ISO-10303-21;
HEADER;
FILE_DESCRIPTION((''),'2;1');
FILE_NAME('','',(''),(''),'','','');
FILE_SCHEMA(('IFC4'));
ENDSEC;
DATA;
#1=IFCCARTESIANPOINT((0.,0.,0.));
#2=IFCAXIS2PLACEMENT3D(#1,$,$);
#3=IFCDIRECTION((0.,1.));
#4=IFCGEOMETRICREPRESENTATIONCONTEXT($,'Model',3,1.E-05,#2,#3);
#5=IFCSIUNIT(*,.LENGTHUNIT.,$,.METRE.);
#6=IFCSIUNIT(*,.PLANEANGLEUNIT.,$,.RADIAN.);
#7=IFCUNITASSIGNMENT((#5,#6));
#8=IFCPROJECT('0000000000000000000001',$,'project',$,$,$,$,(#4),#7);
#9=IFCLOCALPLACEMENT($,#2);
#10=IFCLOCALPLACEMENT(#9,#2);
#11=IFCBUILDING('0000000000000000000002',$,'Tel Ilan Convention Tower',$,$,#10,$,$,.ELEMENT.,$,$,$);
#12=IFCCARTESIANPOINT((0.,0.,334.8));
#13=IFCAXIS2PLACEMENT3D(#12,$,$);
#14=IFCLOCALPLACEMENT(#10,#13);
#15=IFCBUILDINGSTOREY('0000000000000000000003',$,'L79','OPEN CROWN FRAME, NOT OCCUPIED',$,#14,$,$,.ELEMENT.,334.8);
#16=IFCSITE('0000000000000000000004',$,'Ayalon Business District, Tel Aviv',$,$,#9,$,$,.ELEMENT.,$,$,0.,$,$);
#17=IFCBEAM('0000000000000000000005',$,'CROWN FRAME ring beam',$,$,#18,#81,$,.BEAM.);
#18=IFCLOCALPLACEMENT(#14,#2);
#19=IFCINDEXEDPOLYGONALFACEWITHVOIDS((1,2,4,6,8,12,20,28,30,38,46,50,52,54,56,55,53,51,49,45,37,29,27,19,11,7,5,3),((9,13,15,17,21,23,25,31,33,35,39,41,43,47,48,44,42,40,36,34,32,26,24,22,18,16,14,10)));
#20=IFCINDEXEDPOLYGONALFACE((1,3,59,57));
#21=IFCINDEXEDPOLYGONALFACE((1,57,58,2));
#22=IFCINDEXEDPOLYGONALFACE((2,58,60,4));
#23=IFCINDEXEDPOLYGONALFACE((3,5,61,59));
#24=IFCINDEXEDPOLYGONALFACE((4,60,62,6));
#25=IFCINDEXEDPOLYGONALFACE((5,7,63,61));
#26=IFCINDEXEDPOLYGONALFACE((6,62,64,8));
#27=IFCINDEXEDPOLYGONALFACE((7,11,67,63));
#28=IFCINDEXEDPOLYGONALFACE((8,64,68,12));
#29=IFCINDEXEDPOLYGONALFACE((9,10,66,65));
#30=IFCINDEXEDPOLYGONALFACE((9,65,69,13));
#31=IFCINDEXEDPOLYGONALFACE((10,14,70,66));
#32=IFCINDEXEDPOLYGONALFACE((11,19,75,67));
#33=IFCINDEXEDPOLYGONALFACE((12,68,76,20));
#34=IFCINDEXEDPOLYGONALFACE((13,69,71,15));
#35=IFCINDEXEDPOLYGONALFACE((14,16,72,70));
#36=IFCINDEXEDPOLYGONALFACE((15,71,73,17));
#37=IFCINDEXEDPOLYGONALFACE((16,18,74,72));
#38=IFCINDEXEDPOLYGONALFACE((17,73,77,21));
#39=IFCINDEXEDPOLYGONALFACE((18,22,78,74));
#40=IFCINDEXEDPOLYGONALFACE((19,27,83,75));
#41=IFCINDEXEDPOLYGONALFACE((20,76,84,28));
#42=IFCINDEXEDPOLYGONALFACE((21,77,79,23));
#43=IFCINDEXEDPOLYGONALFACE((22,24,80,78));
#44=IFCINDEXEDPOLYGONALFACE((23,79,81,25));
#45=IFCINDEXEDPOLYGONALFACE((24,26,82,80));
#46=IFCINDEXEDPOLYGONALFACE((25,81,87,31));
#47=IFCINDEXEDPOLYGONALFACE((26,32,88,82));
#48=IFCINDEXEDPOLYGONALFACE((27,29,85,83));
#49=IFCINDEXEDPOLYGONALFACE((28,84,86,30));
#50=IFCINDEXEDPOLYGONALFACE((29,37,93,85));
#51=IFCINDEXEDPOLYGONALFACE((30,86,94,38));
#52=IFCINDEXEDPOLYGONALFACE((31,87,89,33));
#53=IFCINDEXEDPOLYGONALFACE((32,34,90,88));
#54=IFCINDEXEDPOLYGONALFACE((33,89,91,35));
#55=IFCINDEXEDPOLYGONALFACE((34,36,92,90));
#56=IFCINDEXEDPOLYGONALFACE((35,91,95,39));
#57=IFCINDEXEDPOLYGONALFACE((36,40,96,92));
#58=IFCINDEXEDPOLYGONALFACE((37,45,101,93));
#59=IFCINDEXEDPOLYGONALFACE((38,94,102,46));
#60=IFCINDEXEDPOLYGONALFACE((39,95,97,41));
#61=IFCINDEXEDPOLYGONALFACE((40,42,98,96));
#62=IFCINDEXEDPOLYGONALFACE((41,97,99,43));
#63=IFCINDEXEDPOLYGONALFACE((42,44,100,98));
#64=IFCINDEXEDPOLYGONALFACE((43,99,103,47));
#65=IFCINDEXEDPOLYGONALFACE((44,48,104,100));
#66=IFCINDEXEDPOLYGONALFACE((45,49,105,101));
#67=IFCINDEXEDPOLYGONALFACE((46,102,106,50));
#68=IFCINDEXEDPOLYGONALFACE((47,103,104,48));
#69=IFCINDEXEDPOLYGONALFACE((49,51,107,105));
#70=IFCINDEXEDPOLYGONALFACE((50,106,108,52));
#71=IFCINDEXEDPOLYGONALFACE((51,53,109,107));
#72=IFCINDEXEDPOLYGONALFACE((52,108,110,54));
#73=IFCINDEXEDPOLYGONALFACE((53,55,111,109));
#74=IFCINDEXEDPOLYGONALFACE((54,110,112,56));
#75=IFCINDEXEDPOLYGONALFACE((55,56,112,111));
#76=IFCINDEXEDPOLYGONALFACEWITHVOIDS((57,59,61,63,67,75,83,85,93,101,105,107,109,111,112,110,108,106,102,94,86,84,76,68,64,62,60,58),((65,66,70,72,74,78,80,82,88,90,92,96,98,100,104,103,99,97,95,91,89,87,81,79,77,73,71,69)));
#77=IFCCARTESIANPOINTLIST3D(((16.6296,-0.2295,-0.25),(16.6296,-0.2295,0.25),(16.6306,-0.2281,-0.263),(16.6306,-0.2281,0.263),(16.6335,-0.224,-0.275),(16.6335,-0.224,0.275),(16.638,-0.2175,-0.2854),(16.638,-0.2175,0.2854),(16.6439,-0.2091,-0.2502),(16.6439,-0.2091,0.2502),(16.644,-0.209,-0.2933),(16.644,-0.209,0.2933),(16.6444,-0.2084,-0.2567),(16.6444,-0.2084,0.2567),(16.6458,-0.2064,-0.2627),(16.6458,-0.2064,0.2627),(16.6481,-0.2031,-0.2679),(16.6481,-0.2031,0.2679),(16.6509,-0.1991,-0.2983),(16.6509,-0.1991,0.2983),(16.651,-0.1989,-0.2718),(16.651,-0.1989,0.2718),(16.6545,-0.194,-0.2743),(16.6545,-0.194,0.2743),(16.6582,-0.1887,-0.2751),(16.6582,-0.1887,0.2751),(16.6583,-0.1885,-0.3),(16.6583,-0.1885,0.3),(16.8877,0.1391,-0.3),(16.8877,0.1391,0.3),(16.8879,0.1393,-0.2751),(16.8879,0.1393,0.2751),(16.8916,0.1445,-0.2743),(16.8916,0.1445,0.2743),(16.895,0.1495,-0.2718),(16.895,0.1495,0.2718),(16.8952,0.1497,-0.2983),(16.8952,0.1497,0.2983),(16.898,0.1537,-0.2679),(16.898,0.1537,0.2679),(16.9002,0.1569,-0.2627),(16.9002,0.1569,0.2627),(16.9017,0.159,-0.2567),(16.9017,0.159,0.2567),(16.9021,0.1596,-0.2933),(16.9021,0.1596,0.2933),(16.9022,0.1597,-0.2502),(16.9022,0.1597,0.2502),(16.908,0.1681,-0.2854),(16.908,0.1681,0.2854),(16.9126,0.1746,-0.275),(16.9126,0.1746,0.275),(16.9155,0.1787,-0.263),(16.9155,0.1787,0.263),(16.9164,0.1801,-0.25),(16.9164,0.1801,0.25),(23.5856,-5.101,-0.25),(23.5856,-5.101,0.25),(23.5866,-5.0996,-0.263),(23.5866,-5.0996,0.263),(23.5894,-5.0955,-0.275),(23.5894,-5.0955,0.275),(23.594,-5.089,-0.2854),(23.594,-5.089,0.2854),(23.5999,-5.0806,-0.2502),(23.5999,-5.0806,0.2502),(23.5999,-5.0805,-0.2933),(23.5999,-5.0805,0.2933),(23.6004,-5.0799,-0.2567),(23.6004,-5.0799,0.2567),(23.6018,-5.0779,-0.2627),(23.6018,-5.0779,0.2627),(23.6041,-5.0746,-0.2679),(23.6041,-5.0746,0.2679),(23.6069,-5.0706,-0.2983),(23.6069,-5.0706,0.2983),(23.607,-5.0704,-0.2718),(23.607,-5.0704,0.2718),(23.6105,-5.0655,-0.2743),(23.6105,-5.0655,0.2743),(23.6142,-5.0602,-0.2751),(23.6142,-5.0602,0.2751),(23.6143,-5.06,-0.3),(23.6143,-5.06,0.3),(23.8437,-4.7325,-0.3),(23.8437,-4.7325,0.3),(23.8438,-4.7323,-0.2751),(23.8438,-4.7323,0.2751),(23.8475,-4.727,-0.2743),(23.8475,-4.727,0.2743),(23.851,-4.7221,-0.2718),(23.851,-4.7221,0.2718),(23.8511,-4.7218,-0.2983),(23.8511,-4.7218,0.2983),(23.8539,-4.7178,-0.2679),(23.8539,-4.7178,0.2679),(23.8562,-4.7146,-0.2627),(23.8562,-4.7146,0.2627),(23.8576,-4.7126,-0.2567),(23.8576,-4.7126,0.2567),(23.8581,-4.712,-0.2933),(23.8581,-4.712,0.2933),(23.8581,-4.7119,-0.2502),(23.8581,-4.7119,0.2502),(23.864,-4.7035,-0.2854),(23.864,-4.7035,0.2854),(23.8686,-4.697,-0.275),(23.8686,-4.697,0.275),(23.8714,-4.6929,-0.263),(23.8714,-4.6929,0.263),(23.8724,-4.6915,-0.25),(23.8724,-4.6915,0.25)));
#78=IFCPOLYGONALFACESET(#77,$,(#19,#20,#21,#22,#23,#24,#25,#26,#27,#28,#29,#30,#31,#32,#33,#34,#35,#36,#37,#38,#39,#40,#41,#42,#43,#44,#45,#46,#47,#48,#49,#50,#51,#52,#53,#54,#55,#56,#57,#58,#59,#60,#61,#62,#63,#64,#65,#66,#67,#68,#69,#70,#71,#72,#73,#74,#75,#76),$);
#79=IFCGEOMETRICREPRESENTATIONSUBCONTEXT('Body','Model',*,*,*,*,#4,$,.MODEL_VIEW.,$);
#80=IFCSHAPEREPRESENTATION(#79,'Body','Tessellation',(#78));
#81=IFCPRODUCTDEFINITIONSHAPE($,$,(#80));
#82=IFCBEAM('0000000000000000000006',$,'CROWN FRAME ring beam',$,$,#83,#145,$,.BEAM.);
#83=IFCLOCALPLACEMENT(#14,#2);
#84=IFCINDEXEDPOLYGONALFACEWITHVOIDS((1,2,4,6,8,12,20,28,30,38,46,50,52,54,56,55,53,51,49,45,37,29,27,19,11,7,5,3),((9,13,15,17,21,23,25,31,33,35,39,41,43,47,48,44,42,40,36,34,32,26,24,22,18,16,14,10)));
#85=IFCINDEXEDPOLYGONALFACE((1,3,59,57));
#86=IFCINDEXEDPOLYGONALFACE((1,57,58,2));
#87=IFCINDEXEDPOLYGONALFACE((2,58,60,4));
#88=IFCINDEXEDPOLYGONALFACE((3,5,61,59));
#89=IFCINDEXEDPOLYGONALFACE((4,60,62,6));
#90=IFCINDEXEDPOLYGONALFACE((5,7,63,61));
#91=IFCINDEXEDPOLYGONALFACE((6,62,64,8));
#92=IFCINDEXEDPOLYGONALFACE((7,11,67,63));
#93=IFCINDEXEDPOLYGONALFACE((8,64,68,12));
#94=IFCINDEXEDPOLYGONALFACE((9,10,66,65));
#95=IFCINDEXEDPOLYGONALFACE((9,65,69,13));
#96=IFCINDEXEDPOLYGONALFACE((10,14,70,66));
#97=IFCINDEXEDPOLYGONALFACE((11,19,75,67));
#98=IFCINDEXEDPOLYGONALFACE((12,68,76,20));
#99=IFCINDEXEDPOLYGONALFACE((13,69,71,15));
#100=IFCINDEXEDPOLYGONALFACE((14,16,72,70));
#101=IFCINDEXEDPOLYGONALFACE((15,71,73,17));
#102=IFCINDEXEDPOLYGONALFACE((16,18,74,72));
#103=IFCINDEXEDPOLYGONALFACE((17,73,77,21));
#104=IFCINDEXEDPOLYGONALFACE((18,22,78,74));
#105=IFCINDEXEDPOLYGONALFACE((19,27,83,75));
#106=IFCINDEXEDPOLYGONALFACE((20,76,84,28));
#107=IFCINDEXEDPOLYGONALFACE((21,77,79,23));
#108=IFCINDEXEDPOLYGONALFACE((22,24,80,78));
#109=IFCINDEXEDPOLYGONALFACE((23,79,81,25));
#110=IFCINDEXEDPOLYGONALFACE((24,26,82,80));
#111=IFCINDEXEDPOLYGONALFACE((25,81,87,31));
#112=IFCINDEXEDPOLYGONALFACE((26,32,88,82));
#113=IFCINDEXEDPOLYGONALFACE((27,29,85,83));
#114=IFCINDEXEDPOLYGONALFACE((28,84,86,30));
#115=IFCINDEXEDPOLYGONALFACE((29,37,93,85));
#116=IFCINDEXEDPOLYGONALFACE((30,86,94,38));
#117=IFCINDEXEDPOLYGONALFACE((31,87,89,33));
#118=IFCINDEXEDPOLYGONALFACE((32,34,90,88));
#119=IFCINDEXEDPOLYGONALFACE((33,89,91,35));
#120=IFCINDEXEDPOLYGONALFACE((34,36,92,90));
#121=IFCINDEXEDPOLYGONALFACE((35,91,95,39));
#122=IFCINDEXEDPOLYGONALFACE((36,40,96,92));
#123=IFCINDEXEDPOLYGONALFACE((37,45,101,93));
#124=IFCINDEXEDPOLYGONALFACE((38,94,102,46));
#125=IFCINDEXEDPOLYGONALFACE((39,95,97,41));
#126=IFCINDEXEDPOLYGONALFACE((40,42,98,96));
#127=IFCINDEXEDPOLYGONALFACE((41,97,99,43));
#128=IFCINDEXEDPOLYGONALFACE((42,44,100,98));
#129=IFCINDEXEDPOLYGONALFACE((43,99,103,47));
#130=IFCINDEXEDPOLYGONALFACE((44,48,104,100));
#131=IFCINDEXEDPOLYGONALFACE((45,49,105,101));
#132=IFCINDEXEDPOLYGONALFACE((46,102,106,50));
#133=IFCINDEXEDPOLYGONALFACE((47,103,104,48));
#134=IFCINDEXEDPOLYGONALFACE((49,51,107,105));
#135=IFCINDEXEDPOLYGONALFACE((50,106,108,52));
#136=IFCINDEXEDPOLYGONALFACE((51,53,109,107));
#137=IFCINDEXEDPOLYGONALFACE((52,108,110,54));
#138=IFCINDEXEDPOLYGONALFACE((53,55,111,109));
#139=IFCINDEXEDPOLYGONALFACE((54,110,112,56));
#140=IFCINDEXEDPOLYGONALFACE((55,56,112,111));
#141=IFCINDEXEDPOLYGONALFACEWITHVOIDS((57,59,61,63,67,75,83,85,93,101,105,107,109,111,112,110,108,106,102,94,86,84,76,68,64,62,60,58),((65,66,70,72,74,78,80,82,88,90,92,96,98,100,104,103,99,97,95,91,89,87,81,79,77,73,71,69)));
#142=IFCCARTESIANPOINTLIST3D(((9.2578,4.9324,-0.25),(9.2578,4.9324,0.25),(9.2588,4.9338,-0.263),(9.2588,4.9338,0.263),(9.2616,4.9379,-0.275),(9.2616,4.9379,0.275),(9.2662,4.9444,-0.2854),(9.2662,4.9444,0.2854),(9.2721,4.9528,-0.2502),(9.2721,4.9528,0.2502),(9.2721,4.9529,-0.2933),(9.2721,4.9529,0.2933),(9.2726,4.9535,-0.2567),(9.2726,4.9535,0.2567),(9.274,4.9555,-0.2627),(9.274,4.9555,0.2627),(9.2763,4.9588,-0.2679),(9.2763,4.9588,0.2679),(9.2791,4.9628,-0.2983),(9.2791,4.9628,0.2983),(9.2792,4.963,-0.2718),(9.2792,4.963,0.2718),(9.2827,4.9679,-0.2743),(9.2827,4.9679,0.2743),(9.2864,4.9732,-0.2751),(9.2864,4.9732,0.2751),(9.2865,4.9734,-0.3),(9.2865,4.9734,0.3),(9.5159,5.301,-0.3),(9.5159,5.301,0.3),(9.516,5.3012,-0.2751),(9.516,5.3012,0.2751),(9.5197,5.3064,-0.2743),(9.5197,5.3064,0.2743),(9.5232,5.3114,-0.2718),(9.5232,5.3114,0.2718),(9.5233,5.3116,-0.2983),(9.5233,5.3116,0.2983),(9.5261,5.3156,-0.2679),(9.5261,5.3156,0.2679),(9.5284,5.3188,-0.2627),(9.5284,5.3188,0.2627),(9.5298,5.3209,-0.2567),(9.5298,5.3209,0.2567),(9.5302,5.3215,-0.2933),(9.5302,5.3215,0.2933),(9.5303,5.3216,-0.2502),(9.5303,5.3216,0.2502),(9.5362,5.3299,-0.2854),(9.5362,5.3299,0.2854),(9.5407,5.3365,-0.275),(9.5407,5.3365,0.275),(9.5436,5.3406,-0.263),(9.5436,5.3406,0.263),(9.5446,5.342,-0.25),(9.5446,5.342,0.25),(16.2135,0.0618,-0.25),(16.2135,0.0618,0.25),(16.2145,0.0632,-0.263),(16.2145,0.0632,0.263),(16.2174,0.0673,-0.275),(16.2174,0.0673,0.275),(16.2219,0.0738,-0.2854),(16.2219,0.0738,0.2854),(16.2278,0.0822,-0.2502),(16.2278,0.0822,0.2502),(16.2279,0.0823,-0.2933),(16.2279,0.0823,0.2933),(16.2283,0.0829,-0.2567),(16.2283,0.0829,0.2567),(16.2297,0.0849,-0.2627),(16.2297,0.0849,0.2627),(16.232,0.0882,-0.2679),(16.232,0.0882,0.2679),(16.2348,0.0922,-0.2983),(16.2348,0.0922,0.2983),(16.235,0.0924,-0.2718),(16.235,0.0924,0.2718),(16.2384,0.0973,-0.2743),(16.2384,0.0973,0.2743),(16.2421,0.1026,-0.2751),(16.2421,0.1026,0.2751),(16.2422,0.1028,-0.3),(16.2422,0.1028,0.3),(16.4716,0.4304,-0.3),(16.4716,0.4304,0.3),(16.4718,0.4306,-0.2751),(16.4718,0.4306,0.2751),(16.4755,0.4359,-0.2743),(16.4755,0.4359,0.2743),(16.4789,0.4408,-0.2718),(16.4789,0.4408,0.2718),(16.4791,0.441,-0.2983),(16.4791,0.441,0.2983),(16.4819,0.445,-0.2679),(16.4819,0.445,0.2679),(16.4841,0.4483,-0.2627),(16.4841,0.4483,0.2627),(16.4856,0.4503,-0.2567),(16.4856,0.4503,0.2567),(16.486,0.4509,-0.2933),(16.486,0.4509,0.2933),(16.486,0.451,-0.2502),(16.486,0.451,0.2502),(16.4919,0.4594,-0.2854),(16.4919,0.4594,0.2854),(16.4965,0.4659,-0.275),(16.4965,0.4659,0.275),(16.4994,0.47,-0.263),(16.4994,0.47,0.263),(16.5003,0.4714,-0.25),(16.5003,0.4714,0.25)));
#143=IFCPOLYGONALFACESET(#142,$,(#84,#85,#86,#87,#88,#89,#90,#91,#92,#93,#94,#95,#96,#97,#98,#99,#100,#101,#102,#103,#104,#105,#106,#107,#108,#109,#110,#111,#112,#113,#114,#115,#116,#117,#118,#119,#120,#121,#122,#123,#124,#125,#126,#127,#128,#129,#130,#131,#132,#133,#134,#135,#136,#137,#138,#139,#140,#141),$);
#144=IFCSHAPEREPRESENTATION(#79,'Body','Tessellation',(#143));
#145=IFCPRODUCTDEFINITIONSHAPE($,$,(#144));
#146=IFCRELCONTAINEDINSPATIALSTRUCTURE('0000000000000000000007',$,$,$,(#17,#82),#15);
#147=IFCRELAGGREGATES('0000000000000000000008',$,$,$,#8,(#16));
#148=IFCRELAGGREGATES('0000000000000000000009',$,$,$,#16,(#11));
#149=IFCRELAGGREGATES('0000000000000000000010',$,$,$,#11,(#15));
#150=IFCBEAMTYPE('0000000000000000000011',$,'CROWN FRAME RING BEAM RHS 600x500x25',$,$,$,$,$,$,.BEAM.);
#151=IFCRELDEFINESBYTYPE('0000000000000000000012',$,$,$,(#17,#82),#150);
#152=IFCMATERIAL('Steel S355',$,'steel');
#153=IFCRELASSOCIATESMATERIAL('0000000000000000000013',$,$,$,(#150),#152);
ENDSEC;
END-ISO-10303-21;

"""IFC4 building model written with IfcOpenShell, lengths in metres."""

from ifc_helpers import new_model, si_unit, direction, frame, origin, origin_2d, place, context, subcontext, project, spatial, hollow_rectangle, extrude, material, material_profile, profile_set, type_object, element, save


model = new_model("IFC4")

# Units and contexts
model_context = context("Model", 3, precision=1e-05, world=origin(), true_north=direction((0.0, 1.0)))
body_context = subcontext(model_context, "Body", "Model", "MODEL_VIEW")
ifc_project = project(units=[si_unit("LENGTHUNIT", "METRE"), si_unit("PLANEANGLEUNIT", "RADIAN")], contexts=[model_context])

# Site, building, storey
site_placement = place(None, origin())
site = spatial("IfcSite", under=ifc_project, at=site_placement, Name="Ayalon Business District, Tel Aviv", CompositionType="ELEMENT", RefElevation=0.0)
building_placement = place(site_placement, origin())
building = spatial("IfcBuilding", under=site, at=building_placement, Name="Tel Ilan Convention Tower", CompositionType="ELEMENT")
storey_placement = place(building_placement, frame((0.0, 0.0, 334.8)))
storey = spatial("IfcBuildingStorey", under=building, at=storey_placement, Name="L79", Description="OPEN CROWN FRAME, NOT OCCUPIED", CompositionType="ELEMENT", Elevation=334.8)

# Beams
ifc_material_1 = material(Name="Steel S355", Category="steel")
ifc_material_profile_1 = material_profile(ifc_material_1, hollow_rectangle(XDim=0.5, YDim=0.6001, WallThickness=0.0249, InnerFilletRadius=0.0249, OuterFilletRadius=0.05, at=origin_2d()), Name="RHS 600x500x25")
ifc_profile_set_1 = profile_set([ifc_material_profile_1], Name="Steel S355")
beam_type = type_object("IfcBeamType", Name="CROWN FRAME RING BEAM RHS 600x500x25", PredefinedType="BEAM", material=ifc_profile_set_1)
beam_1_placement = place(storey_placement, frame((23.729, -4.8962, 0.0), z_axis=(-0.819102, 0.573648, 0.0), x_axis=(-0.573648, -0.819102, 0.0)))
element("IfcBeam", 1, at=beam_1_placement, inside=storey, type_object=beam_type, Name="CROWN FRAME ring beam", PredefinedType="BEAM", context=body_context, shape_type="SweptSolid", body=[
    extrude(hollow_rectangle(XDim=0.5, YDim=0.6001, WallThickness=0.0249, InnerFilletRadius=0.0249, OuterFilletRadius=0.05, at=origin_2d()), origin(), (0.0, 0.0, 1.0), 8.4922),
])
beam_2_placement = place(storey_placement, frame((16.3569, 0.2666, 0.0), z_axis=(-0.819147, 0.573584, 0.0), x_axis=(-0.573584, -0.819147, 0.0)))
element("IfcBeam", 2, at=beam_2_placement, inside=storey, type_object=beam_type, Name="CROWN FRAME ring beam", PredefinedType="BEAM", context=body_context, shape_type="SweptSolid", body=[
    extrude(hollow_rectangle(XDim=0.5, YDim=0.6001, WallThickness=0.0249, InnerFilletRadius=0.0249, OuterFilletRadius=0.05, at=origin_2d()), origin(), (0.0, 0.0, 1.0), 8.4915),
])

save(model, "model.ifc")
